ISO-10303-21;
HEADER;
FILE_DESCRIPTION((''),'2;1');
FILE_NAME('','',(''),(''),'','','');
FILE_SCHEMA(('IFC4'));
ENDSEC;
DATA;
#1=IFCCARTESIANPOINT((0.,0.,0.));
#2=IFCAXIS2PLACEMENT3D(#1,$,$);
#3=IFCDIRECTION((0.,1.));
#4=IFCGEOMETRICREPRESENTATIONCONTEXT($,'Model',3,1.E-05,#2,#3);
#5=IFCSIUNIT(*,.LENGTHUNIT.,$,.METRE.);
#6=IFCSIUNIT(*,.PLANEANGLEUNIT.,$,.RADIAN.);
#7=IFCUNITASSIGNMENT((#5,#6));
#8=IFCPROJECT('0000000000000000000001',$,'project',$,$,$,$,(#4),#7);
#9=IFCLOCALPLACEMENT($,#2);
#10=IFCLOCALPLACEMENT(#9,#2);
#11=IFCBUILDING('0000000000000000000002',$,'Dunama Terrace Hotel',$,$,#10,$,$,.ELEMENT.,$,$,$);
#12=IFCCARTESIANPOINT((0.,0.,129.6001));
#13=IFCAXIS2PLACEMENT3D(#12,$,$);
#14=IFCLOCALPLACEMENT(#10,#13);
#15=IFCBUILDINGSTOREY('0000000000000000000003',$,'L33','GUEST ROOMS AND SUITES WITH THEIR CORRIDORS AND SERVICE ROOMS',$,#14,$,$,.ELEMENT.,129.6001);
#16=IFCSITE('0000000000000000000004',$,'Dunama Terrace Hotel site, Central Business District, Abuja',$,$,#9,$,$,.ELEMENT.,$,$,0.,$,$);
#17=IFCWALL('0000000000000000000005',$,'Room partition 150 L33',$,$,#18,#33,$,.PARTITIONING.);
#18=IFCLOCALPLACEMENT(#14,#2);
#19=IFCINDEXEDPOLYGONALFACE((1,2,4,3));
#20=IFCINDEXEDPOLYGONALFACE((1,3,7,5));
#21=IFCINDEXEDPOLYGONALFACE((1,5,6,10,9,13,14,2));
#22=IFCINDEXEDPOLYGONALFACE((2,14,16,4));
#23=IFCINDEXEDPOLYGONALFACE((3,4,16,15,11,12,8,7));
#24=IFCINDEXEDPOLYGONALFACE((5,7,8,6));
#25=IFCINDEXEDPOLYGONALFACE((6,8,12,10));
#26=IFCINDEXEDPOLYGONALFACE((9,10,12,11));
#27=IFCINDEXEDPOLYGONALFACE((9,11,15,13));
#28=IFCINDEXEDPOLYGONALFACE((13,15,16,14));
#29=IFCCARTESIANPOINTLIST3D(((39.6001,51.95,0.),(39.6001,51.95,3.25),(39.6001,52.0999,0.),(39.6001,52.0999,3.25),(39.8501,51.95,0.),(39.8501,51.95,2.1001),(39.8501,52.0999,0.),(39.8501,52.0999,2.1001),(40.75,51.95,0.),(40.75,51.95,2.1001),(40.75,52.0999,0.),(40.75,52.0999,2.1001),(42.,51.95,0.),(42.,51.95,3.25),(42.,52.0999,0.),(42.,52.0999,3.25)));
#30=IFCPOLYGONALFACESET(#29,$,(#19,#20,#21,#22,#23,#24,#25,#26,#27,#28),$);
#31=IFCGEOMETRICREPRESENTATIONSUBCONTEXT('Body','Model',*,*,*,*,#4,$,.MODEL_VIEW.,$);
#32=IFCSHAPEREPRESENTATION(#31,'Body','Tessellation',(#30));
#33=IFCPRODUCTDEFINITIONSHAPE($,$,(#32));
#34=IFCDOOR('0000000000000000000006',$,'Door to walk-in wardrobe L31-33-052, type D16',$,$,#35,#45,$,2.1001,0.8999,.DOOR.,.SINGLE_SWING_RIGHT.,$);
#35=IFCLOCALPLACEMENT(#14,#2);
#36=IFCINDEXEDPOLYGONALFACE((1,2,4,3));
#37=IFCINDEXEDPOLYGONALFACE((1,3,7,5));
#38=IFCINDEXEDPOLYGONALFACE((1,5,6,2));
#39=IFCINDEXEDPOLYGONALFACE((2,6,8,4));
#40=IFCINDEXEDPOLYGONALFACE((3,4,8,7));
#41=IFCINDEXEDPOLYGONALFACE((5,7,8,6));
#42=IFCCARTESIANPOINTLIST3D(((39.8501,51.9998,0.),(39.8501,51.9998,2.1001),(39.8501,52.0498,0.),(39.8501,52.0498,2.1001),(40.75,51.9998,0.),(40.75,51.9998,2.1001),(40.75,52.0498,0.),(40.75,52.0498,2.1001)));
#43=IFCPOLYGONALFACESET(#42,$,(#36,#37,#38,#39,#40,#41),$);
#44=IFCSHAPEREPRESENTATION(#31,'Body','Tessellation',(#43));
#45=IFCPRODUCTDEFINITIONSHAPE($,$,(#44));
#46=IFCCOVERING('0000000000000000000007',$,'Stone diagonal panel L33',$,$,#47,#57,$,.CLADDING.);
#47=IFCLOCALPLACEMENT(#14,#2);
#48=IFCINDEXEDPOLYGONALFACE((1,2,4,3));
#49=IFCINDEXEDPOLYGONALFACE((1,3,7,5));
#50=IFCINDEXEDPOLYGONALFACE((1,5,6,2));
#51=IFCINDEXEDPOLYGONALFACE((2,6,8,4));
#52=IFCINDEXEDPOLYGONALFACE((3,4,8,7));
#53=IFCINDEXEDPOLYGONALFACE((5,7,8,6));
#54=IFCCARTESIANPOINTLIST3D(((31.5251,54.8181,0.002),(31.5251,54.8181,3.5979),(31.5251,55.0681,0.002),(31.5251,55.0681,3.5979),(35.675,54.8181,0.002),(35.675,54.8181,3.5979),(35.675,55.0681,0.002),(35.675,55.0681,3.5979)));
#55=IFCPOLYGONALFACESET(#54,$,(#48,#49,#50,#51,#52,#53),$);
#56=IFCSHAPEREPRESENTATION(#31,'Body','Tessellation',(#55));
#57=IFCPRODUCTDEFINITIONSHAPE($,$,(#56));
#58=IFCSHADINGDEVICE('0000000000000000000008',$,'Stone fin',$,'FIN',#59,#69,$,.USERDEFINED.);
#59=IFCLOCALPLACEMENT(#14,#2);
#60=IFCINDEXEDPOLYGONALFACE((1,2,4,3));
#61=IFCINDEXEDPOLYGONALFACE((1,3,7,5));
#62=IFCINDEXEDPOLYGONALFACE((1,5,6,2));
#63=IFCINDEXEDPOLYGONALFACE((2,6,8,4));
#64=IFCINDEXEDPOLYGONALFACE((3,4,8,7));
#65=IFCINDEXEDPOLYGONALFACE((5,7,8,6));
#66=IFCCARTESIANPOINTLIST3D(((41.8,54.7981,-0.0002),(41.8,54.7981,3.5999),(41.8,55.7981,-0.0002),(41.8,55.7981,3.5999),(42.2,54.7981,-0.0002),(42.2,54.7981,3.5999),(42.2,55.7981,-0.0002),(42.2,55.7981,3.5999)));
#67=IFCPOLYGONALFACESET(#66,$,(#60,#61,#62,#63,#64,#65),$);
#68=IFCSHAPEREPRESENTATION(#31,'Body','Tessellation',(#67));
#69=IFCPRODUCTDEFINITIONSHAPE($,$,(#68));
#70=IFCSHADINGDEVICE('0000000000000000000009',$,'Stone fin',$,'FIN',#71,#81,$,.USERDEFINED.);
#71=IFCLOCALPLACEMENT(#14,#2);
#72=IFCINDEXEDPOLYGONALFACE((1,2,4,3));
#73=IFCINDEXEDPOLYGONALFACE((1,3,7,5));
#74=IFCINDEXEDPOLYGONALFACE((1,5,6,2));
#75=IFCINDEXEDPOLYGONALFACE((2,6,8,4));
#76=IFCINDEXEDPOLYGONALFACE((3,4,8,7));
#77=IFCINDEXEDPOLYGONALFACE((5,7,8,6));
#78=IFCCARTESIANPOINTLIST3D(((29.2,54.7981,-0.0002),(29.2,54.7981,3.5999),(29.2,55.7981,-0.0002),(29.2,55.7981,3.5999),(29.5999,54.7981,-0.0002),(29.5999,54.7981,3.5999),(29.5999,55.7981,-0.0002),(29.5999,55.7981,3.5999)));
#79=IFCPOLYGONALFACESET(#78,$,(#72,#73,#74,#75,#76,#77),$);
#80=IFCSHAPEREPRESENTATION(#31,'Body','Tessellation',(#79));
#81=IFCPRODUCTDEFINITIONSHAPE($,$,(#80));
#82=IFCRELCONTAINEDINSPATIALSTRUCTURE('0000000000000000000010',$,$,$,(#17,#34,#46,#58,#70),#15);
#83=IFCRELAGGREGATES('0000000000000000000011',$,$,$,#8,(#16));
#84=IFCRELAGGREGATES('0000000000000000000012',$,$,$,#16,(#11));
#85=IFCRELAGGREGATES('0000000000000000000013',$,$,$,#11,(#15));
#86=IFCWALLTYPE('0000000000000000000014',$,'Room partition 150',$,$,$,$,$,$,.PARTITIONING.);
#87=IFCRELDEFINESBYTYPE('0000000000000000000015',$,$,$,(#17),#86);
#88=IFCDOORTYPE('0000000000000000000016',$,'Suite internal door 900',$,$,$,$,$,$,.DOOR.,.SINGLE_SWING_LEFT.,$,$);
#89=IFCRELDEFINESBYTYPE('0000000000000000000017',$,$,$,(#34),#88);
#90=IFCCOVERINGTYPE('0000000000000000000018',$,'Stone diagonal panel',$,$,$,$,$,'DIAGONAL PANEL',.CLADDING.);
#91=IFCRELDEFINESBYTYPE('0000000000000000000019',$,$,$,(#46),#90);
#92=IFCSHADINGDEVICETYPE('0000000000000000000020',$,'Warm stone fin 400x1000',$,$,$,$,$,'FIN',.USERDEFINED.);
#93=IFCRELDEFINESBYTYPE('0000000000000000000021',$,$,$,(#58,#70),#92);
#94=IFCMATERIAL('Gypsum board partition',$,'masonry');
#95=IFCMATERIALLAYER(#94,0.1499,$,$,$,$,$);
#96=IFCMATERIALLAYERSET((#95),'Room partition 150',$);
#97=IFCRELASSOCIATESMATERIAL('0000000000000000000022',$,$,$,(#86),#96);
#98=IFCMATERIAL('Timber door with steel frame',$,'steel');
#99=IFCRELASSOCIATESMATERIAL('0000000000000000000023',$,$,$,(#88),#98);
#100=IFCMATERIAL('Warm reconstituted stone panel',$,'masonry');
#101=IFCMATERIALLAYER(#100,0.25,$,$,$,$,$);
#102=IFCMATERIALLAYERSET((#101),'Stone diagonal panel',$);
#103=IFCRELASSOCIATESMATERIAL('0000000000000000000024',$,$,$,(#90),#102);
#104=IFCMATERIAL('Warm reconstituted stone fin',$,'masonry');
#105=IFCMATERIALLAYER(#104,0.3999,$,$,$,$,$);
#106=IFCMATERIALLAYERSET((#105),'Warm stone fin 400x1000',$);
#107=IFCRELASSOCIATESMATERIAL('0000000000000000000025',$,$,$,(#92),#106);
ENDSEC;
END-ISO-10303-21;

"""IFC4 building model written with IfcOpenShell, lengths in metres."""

from ifc_helpers import new_model, si_unit, direction, frame, frame_2d, origin, origin_2d, place, context, subcontext, project, spatial, rectangle, extrude, material, layer, layer_set, type_object, element, fill, save


model = new_model("IFC4")

# Units and contexts
model_context = context("Model", 3, precision=1e-05, world=origin(), true_north=direction((0.0, 1.0)))
body_context = subcontext(model_context, "Body", "Model", "MODEL_VIEW")
ifc_project = project(units=[si_unit("LENGTHUNIT", "METRE"), si_unit("PLANEANGLEUNIT", "RADIAN")], contexts=[model_context])

# Site, building, storey
site_placement = place(None, origin())
site = spatial("IfcSite", under=ifc_project, at=site_placement, Name="Dunama Terrace Hotel site, Central Business District, Abuja", CompositionType="ELEMENT", RefElevation=0.0)
building_placement = place(site_placement, origin())
building = spatial("IfcBuilding", under=site, at=building_placement, Name="Dunama Terrace Hotel", CompositionType="ELEMENT")
storey_placement = place(building_placement, frame((0.0, 0.0, 129.6001)))
storey = spatial("IfcBuildingStorey", under=building, at=storey_placement, Name="L33", Description="GUEST ROOMS AND SUITES WITH THEIR CORRIDORS AND SERVICE ROOMS", CompositionType="ELEMENT", Elevation=129.6001)

# Shared definitions
ifc_material_1 = material(Name="Gypsum board partition", Category="masonry")
ifc_layer_1 = layer(ifc_material_1, 0.1499)
ifc_layer_set_1 = layer_set([ifc_layer_1], Name="Room partition 150")
wall_type_1 = type_object("IfcWallType", Name="Room partition 150", PredefinedType="PARTITIONING", material=ifc_layer_set_1)

# Shared definitions
ifc_material_2 = material(Name="Timber door with steel frame", Category="steel")
door_type_1 = type_object("IfcDoorType", Name="Suite internal door 900", OperationType="SINGLE_SWING_LEFT", PredefinedType="DOOR", material=ifc_material_2)

# Wall, opening, door
wall_1_placement = place(storey_placement, frame((39.6001, 52.0249, 0.0), z_axis=(0.0, 0.0, 1.0), x_axis=(1.0, 0.0, 0.0)))
wall_1 = element("IfcWall", 1, at=wall_1_placement, inside=storey, type_object=wall_type_1, Name="Room partition 150 L33", PredefinedType="PARTITIONING", context=body_context, shape_type="SweptSolid", body=[
    extrude(rectangle(XDim=2.3999, YDim=0.1499, at=frame_2d((1.2, 0.0))), origin(), (0.0, 0.0, 1.0), 3.25),
])
opening_1_placement = place(wall_1_placement, frame((0.25, 0.0, 0.0)))
opening_1 = element("IfcOpeningElement", 2, at=opening_1_placement, cuts=wall_1, PredefinedType="OPENING", context=body_context, shape_type="SweptSolid", body=[
    extrude(rectangle(XDim=0.8999, YDim=2.1001, at=frame_2d((0.45, 1.05))), frame((0.0, 0.085, 0.0), z_axis=(0.0, -1.0, 0.0), x_axis=(1.0, 0.0, 0.0)), (0.0, 0.0, 1.0), 0.1699),
])
door_1_placement = place(opening_1_placement, frame((0.8999, 0.0, 0.0), z_axis=(0.0, 0.0, 1.0), x_axis=(-1.0, 0.0, 0.0)))
door_1 = element("IfcDoor", 3, at=door_1_placement, inside=storey, type_object=door_type_1, Name="Door to walk-in wardrobe L31-33-052, type D16", OperationType="SINGLE_SWING_RIGHT", OverallHeight=2.1001, OverallWidth=0.8999, PredefinedType="DOOR", context=body_context, shape_type="SweptSolid", body=[
    extrude(rectangle(XDim=0.8999, YDim=2.1001, at=frame_2d((0.45, 1.05))), frame((0.0, 0.0251, 0.0), z_axis=(0.0, -1.0, 0.0), x_axis=(1.0, 0.0, 0.0)), (0.0, 0.0, 1.0), 0.05),
])
fill(opening_1, door_1)

# Covering
ifc_material_3 = material(Name="Warm reconstituted stone panel", Category="masonry")
ifc_layer_2 = layer(ifc_material_3, 0.25)
ifc_layer_set_2 = layer_set([ifc_layer_2], Name="Stone diagonal panel")
covering_type = type_object("IfcCoveringType", Name="Stone diagonal panel", ElementType="DIAGONAL PANEL", PredefinedType="CLADDING", material=ifc_layer_set_2)
covering_placement = place(storey_placement, frame((33.6001, 54.9431, 0.002), z_axis=(0.0, 0.0, 1.0), x_axis=(-1.0, 0.0, 0.0)))
element("IfcCovering", 4, at=covering_placement, inside=storey, type_object=covering_type, Name="Stone diagonal panel L33", PredefinedType="CLADDING", context=body_context, shape_type="SweptSolid", body=[
    extrude(rectangle(XDim=4.1499, YDim=0.25, at=origin_2d()), origin(), (0.0, 0.0, 1.0), 3.5959),
])

# Shading devices
ifc_material_4 = material(Name="Warm reconstituted stone fin", Category="masonry")
ifc_layer_3 = layer(ifc_material_4, 0.3999)
ifc_layer_set_3 = layer_set([ifc_layer_3], Name="Warm stone fin 400x1000")
shading_device_type = type_object("IfcShadingDeviceType", Name="Warm stone fin 400x1000", ElementType="FIN", PredefinedType="USERDEFINED", material=ifc_layer_set_3)
for number, where, z_axis, x_axis, name in (
    (5, (42.0, 55.2981, -0.0002), (0.0, 0.0, 1.0), (-1.0, 0.0, 0.0), "Stone fin"),
    (6, (29.3999, 55.2981, -0.0002), (0.0, 0.0, 1.0), (-1.0, 0.0, 0.0), "Stone fin"),
):
    element("IfcShadingDevice", number, at=place(storey_placement, frame(where, z_axis=z_axis, x_axis=x_axis)), inside=storey, type_object=shading_device_type, Name=name, ObjectType="FIN", PredefinedType="USERDEFINED", context=body_context, shape_type="SweptSolid", body=[
        extrude(rectangle(XDim=0.3999, YDim=1.0, at=origin_2d()), origin(), (0.0, 0.0, 1.0), 3.6001),
    ])

save(model, "model.ifc")
